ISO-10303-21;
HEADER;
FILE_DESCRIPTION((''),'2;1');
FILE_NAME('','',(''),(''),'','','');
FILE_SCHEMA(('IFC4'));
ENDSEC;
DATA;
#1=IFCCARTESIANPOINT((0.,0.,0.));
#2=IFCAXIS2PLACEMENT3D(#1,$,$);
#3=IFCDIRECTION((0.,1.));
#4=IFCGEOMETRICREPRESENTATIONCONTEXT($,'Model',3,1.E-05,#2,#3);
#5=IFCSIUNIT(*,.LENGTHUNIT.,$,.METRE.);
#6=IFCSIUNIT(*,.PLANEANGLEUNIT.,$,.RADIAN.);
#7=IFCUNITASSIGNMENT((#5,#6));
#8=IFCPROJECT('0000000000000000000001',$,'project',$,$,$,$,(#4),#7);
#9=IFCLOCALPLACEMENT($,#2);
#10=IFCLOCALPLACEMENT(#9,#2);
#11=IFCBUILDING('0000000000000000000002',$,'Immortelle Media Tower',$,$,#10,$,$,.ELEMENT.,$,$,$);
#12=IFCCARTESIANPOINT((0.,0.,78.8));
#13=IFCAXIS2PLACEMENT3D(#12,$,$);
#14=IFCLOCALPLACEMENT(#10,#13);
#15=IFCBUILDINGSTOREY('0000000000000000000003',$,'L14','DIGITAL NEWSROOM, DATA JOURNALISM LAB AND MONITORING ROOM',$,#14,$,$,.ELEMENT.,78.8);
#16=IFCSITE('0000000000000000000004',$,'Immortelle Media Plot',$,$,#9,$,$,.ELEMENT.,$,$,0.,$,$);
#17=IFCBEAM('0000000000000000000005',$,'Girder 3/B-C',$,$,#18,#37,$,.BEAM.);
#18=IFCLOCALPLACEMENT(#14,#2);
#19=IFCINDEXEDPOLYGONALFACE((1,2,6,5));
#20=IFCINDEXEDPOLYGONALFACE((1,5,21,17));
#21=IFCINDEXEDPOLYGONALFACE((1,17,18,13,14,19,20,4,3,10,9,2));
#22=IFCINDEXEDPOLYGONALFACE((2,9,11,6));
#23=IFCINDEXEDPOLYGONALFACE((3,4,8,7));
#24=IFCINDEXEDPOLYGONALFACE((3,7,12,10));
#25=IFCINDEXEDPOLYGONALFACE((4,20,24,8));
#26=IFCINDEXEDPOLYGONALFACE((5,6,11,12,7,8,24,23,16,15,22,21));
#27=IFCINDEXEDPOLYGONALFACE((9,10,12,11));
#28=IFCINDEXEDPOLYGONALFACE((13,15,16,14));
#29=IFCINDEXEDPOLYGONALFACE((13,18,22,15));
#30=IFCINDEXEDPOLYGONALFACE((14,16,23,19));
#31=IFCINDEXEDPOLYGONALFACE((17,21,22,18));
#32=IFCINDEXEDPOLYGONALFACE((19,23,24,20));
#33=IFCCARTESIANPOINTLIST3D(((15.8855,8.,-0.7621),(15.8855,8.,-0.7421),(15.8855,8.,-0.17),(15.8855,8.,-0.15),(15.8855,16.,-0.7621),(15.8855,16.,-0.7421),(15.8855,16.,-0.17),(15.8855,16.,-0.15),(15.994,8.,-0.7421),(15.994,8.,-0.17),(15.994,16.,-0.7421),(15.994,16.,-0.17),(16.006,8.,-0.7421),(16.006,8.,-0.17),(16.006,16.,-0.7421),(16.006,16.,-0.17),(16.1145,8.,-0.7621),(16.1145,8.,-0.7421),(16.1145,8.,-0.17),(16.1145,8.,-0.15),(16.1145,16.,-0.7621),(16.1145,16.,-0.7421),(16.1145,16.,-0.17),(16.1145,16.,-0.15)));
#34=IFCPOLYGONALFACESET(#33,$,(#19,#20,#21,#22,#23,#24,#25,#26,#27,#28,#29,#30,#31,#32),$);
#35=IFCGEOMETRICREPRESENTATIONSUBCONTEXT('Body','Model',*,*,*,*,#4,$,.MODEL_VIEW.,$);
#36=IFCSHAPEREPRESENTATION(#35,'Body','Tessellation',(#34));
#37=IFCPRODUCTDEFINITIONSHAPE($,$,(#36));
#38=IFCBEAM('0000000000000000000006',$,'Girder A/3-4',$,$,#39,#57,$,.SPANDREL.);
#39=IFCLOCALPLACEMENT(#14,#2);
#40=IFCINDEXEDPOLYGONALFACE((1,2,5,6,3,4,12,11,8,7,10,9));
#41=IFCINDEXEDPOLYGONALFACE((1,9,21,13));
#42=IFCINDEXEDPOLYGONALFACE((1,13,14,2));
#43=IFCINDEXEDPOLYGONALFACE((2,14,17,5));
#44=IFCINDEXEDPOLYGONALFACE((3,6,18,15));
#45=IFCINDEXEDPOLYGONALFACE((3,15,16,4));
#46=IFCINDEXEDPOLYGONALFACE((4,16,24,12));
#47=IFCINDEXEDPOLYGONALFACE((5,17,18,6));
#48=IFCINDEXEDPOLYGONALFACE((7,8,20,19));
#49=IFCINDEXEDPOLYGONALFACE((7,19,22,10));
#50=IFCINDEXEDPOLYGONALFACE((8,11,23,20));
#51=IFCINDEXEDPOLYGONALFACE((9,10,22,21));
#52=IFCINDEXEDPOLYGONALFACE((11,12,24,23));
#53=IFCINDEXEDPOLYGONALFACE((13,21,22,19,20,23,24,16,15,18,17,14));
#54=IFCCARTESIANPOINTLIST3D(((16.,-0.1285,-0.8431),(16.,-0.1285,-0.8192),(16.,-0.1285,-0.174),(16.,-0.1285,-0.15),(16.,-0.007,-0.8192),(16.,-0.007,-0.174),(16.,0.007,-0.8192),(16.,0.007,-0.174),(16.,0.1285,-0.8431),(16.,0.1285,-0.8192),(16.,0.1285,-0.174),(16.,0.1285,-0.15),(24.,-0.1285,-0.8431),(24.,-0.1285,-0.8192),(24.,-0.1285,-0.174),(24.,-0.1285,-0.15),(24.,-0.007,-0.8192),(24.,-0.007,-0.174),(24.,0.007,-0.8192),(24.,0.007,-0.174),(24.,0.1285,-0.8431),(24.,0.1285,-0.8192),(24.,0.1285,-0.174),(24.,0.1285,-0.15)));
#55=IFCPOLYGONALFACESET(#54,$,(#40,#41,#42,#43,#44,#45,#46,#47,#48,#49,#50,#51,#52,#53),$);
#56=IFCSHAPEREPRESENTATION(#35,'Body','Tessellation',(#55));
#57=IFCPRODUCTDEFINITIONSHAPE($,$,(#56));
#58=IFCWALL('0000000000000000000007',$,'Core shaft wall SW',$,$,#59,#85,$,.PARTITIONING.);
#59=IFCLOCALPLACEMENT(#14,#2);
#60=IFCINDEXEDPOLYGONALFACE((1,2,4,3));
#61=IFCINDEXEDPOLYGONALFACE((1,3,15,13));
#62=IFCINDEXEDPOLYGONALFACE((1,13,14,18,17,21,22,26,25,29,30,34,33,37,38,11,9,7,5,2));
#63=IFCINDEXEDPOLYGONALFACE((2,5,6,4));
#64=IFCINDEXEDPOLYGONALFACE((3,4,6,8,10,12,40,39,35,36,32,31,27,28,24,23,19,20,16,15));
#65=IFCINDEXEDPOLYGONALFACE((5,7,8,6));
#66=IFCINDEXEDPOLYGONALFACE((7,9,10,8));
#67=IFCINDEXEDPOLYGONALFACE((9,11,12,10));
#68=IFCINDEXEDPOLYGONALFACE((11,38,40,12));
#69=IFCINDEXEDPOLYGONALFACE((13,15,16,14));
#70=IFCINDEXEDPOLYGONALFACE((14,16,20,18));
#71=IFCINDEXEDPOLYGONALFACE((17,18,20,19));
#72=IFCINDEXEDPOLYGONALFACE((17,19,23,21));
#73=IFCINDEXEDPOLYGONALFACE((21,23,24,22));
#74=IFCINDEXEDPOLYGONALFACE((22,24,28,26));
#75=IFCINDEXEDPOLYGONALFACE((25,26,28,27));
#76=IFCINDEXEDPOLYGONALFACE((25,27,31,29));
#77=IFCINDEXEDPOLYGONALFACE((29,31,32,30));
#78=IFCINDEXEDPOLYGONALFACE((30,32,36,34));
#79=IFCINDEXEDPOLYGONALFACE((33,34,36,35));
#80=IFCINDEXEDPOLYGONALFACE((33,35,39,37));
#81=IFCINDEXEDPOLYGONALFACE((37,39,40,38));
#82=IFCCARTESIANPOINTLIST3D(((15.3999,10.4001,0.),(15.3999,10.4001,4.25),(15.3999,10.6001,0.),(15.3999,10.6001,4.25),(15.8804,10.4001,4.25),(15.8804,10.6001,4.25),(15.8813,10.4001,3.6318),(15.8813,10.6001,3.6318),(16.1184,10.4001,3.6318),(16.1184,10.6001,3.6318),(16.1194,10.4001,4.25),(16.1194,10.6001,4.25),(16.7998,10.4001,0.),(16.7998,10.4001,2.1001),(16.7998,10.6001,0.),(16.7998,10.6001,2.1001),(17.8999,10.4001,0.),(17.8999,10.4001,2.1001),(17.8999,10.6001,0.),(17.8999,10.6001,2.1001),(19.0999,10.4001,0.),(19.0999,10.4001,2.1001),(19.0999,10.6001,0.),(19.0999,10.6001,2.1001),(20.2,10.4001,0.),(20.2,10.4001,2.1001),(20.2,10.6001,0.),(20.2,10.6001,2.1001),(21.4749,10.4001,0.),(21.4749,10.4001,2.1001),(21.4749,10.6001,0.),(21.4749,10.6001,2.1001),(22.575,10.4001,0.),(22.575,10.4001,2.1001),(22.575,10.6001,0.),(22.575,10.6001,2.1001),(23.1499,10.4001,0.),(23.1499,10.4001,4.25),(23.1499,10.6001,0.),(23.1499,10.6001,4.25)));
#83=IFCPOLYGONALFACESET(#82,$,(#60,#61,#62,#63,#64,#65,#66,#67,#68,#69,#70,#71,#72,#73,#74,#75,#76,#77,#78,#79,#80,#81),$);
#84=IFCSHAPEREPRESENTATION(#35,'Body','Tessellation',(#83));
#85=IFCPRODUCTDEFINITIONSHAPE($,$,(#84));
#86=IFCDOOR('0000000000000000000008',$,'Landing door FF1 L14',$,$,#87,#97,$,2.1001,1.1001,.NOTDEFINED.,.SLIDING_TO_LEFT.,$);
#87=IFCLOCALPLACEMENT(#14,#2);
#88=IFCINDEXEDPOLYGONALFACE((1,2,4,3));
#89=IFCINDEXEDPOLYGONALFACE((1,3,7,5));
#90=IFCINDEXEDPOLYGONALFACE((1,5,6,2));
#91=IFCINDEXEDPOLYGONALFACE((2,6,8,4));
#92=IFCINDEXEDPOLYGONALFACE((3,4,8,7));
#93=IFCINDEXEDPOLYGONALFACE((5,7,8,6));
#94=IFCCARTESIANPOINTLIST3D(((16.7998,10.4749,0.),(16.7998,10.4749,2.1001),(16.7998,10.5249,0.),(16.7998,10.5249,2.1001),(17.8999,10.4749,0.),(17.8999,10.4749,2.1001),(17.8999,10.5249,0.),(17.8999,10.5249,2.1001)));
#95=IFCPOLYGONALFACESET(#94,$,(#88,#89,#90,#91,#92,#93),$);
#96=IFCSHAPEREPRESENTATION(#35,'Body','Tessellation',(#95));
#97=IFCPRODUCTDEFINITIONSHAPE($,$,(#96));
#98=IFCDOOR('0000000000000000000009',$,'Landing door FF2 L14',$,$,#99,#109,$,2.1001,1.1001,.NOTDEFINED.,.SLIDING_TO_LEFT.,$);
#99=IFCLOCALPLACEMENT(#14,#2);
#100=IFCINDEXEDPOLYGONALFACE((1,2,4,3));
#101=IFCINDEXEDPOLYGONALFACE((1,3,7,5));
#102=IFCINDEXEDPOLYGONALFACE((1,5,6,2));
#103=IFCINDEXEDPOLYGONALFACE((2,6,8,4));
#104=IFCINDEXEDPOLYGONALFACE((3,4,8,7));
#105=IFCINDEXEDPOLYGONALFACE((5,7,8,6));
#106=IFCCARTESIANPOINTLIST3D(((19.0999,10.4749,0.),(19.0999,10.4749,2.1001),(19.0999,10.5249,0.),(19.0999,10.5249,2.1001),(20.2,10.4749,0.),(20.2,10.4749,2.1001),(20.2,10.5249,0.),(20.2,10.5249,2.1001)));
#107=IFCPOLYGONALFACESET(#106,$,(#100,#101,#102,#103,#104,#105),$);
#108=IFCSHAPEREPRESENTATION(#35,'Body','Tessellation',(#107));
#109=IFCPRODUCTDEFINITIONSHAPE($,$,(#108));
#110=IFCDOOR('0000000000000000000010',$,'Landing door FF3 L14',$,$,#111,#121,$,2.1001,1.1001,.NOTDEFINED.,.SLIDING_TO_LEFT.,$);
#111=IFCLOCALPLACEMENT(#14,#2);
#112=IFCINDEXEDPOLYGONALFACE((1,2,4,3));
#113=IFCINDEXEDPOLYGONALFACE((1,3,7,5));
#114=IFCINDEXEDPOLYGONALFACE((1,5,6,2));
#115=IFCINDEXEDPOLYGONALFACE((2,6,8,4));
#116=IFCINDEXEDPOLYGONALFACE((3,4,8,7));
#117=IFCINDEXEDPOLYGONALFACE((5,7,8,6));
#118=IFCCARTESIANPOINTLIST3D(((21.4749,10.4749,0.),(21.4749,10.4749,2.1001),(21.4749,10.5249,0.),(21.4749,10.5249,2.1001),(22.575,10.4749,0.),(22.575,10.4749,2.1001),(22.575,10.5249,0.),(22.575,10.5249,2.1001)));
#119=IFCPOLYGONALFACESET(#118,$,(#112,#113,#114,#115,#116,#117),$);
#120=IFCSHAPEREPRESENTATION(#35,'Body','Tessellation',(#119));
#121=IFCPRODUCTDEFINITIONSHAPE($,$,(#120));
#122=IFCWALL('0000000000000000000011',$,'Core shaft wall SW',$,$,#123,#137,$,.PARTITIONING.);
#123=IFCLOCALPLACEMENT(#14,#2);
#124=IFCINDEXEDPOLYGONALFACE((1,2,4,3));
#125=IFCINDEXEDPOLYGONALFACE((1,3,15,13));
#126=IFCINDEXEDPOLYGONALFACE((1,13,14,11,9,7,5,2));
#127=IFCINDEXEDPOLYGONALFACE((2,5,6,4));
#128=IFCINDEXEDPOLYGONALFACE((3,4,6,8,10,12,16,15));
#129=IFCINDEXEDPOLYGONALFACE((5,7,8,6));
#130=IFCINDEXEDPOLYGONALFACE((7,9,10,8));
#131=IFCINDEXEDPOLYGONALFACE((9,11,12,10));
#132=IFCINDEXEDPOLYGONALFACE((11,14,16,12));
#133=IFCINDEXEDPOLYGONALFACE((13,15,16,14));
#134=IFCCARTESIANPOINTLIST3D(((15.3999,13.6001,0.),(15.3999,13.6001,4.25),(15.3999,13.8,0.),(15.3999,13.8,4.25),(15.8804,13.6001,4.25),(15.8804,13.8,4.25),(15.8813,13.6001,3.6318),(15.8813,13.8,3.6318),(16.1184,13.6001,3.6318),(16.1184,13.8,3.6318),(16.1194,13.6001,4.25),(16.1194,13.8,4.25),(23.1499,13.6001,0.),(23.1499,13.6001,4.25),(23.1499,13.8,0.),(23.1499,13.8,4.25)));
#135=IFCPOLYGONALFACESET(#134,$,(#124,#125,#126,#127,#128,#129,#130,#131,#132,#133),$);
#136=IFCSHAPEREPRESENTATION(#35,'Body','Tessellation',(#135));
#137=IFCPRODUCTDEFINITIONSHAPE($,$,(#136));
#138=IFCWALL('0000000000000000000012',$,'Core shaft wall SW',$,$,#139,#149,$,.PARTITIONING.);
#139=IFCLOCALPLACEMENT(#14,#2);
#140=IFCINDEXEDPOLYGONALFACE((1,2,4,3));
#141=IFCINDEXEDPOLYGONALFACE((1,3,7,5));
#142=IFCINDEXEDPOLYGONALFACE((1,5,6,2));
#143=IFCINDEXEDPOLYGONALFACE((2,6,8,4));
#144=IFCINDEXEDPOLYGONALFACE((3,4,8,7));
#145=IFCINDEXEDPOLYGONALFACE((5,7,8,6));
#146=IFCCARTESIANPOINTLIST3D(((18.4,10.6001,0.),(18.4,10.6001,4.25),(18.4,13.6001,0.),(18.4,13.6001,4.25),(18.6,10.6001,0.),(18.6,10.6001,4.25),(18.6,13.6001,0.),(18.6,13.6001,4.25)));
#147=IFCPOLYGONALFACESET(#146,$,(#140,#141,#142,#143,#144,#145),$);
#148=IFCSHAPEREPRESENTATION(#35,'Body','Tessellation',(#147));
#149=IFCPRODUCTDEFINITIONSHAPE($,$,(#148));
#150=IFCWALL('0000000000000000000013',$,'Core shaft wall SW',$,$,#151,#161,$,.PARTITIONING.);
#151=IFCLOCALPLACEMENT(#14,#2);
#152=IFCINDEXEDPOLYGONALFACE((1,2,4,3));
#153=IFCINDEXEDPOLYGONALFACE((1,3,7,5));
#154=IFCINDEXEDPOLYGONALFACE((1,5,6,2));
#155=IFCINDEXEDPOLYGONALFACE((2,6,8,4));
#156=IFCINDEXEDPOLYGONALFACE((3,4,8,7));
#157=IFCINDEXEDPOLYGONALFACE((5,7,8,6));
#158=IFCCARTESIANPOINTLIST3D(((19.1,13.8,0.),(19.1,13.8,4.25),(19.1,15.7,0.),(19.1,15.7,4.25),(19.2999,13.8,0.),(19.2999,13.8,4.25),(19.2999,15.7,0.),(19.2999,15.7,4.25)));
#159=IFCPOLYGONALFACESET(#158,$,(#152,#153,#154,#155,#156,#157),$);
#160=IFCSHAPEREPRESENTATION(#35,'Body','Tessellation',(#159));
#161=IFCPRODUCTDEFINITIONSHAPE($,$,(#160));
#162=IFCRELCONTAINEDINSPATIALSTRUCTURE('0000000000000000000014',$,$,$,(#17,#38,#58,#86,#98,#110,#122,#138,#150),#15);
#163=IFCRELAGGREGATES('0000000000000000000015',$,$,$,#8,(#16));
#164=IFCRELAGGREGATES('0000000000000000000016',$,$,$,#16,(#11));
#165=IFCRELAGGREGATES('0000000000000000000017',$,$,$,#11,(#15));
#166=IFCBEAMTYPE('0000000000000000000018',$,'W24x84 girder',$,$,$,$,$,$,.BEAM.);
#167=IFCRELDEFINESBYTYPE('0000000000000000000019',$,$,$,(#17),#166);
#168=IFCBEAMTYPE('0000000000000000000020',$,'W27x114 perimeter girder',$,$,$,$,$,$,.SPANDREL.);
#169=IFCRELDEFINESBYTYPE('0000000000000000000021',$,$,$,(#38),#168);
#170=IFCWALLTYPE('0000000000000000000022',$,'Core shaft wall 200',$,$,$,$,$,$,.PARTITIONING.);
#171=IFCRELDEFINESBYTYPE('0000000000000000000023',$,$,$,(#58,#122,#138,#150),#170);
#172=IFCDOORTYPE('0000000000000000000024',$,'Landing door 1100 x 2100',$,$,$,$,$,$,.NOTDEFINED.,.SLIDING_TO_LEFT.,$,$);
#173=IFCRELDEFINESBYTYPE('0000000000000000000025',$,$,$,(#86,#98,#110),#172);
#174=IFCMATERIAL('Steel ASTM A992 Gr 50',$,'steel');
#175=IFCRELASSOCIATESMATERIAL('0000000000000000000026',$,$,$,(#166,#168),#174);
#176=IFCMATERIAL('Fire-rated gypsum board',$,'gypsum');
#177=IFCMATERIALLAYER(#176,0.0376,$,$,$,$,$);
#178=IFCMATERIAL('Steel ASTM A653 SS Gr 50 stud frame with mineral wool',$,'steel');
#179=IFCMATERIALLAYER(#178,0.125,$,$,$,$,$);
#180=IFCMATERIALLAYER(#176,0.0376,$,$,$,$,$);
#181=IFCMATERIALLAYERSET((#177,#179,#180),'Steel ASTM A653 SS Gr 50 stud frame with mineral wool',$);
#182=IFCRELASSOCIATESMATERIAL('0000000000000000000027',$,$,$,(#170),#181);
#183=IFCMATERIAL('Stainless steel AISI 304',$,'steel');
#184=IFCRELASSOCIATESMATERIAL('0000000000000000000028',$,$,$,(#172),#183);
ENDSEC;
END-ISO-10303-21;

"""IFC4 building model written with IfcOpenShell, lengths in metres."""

from ifc_helpers import new_model, si_unit, direction, frame, frame_2d, origin, origin_2d, place, context, subcontext, project, spatial, polyline, rectangle, i_section, outline, extrude, material, layer, layer_set, material_profile, profile_set, type_object, element, fill, save


model = new_model("IFC4")

# Units and contexts
model_context = context("Model", 3, precision=1e-05, world=origin(), true_north=direction((0.0, 1.0)))
body_context = subcontext(model_context, "Body", "Model", "MODEL_VIEW")
ifc_project = project(units=[si_unit("LENGTHUNIT", "METRE"), si_unit("PLANEANGLEUNIT", "RADIAN")], contexts=[model_context])

# Site, building, storey
site_placement = place(None, origin())
site = spatial("IfcSite", under=ifc_project, at=site_placement, Name="Immortelle Media Plot", CompositionType="ELEMENT", RefElevation=0.0)
building_placement = place(site_placement, origin())
building = spatial("IfcBuilding", under=site, at=building_placement, Name="Immortelle Media Tower", CompositionType="ELEMENT")
storey_placement = place(building_placement, frame((0.0, 0.0, 78.8)))
storey = spatial("IfcBuildingStorey", under=building, at=storey_placement, Name="L14", Description="DIGITAL NEWSROOM, DATA JOURNALISM LAB AND MONITORING ROOM", CompositionType="ELEMENT", Elevation=78.8)

# Shared definitions
ifc_material_1 = material(Name="Steel ASTM A992 Gr 50", Category="steel")

# Beams
ifc_material_profile_1 = material_profile(ifc_material_1, i_section(OverallWidth=0.229, OverallDepth=0.6121, WebThickness=0.012, FlangeThickness=0.02, at=origin_2d()), Name="W24x84")
ifc_profile_set_1 = profile_set([ifc_material_profile_1], Name="Steel ASTM A992 Gr 50")
beam_type_1 = type_object("IfcBeamType", Name="W24x84 girder", PredefinedType="BEAM", material=ifc_profile_set_1)
for number, where, z_axis, x_axis, name in (
    (1, (16.0, 8.0, -0.4561), (0.0, 1.0, 0.0), (-1.0, 0.0, 0.0), "Girder 3/B-C"),
):
    element("IfcBeam", number, at=place(storey_placement, frame(where, z_axis=z_axis, x_axis=x_axis)), inside=storey, type_object=beam_type_1, Name=name, PredefinedType="BEAM", context=body_context, shape_type="SweptSolid", body=[
        extrude(i_section(OverallWidth=0.229, OverallDepth=0.6121, WebThickness=0.012, FlangeThickness=0.02, at=origin_2d()), origin(), (0.0, 0.0, 1.0), 8.0),
    ])
ifc_material_profile_2 = material_profile(ifc_material_1, i_section(OverallWidth=0.2571, OverallDepth=0.6931, WebThickness=0.0139, FlangeThickness=0.0239, at=origin_2d()), Name="W27x114")
ifc_profile_set_2 = profile_set([ifc_material_profile_2], Name="Steel ASTM A992 Gr 50")
beam_type_2 = type_object("IfcBeamType", Name="W27x114 perimeter girder", PredefinedType="SPANDREL", material=ifc_profile_set_2)
beam_1_placement = place(storey_placement, frame((16.0, 0.0, -0.4966), z_axis=(1.0, 0.0, 0.0), x_axis=(0.0, 1.0, 0.0)))
element("IfcBeam", 2, at=beam_1_placement, inside=storey, type_object=beam_type_2, Name="Girder A/3-4", PredefinedType="SPANDREL", context=body_context, shape_type="SweptSolid", body=[
    extrude(i_section(OverallWidth=0.2571, OverallDepth=0.6931, WebThickness=0.0139, FlangeThickness=0.0239, at=origin_2d()), origin(), (0.0, 0.0, 1.0), 8.0),
])

# Wall, openings, doors
ifc_material_2 = material(Name="Fire-rated gypsum board", Category="gypsum")
ifc_layer_1 = layer(ifc_material_2, 0.0376)
ifc_material_3 = material(Name="Steel ASTM A653 SS Gr 50 stud frame with mineral wool", Category="steel")
ifc_layer_2 = layer(ifc_material_3, 0.125)
ifc_layer_3 = layer(ifc_material_2, 0.0376)
ifc_layer_set_1 = layer_set([ifc_layer_1, ifc_layer_2, ifc_layer_3], Name="Steel ASTM A653 SS Gr 50 stud frame with mineral wool")
wall_type_1 = type_object("IfcWallType", Name="Core shaft wall 200", PredefinedType="PARTITIONING", material=ifc_layer_set_1)
wall_1_placement = place(storey_placement, frame((15.3999, 10.5, 0.0), z_axis=(0.0, 0.0, 1.0), x_axis=(1.0, 0.0, 0.0)))
wall_1 = element("IfcWall", 3, at=wall_1_placement, inside=storey, type_object=wall_type_1, Name="Core shaft wall SW", PredefinedType="PARTITIONING", context=body_context, shape_type="SweptSolid", body=[
    extrude(outline(polyline([(0.0, 0.0), (7.75, 0.0), (7.75, 4.25), (0.7195, 4.25), (0.7185, 3.6318), (0.4814, 3.6318), (0.4805, 4.25), (0.0, 4.25), (0.0, 0.0)])), frame((0.0, 0.1001, 0.0), z_axis=(0.0, -1.0, 0.0), x_axis=(1.0, 0.0, 0.0)), (0.0, 0.0, 1.0), 0.2),
])
opening_1_placement = place(wall_1_placement, frame((1.3999, 0.0, 0.0)))
opening_1 = element("IfcOpeningElement", 4, at=opening_1_placement, cuts=wall_1, PredefinedType="OPENING", context=body_context, shape_type="SweptSolid", body=[
    extrude(rectangle(XDim=1.1001, YDim=2.1001, at=frame_2d((0.55, 1.05))), frame((0.0, 0.1099, 0.0), z_axis=(0.0, -1.0, 0.0), x_axis=(1.0, 0.0, 0.0)), (0.0, 0.0, 1.0), 0.22),
])
opening_2_placement = place(wall_1_placement, frame((3.7, 0.0, 0.0)))
opening_2 = element("IfcOpeningElement", 5, at=opening_2_placement, cuts=wall_1, PredefinedType="OPENING", context=body_context, shape_type="SweptSolid", body=[
    extrude(rectangle(XDim=1.1001, YDim=2.1001, at=frame_2d((0.55, 1.05))), frame((0.0, 0.1099, 0.0), z_axis=(0.0, -1.0, 0.0), x_axis=(1.0, 0.0, 0.0)), (0.0, 0.0, 1.0), 0.22),
])
opening_3_placement = place(wall_1_placement, frame((6.075, 0.0, 0.0)))
opening_3 = element("IfcOpeningElement", 6, at=opening_3_placement, cuts=wall_1, PredefinedType="OPENING", context=body_context, shape_type="SweptSolid", body=[
    extrude(rectangle(XDim=1.1001, YDim=2.1001, at=frame_2d((0.55, 1.05))), frame((0.0, 0.1099, 0.0), z_axis=(0.0, -1.0, 0.0), x_axis=(1.0, 0.0, 0.0)), (0.0, 0.0, 1.0), 0.22),
])
ifc_material_4 = material(Name="Stainless steel AISI 304", Category="steel")
door_type_1 = type_object("IfcDoorType", Name="Landing door 1100 x 2100", OperationType="SLIDING_TO_LEFT", PredefinedType="NOTDEFINED", material=ifc_material_4)
door_1_placement = place(opening_1_placement, origin())
door_1 = element("IfcDoor", 7, at=door_1_placement, inside=storey, type_object=door_type_1, Name="Landing door FF1 L14", OperationType="SLIDING_TO_LEFT", OverallHeight=2.1001, OverallWidth=1.1001, PredefinedType="NOTDEFINED", context=body_context, shape_type="SweptSolid", body=[
    extrude(rectangle(XDim=1.1001, YDim=2.1001, at=frame_2d((0.55, 1.05))), frame((0.0, 0.0249, 0.0), z_axis=(0.0, -1.0, 0.0), x_axis=(1.0, 0.0, 0.0)), (0.0, 0.0, 1.0), 0.05),
])
fill(opening_1, door_1)
door_2_placement = place(opening_2_placement, origin())
door_2 = element("IfcDoor", 8, at=door_2_placement, inside=storey, type_object=door_type_1, Name="Landing door FF2 L14", OperationType="SLIDING_TO_LEFT", OverallHeight=2.1001, OverallWidth=1.1001, PredefinedType="NOTDEFINED", context=body_context, shape_type="SweptSolid", body=[
    extrude(rectangle(XDim=1.1001, YDim=2.1001, at=frame_2d((0.55, 1.05))), frame((0.0, 0.0249, 0.0), z_axis=(0.0, -1.0, 0.0), x_axis=(1.0, 0.0, 0.0)), (0.0, 0.0, 1.0), 0.05),
])
fill(opening_2, door_2)
door_3_placement = place(opening_3_placement, origin())
door_3 = element("IfcDoor", 9, at=door_3_placement, inside=storey, type_object=door_type_1, Name="Landing door FF3 L14", OperationType="SLIDING_TO_LEFT", OverallHeight=2.1001, OverallWidth=1.1001, PredefinedType="NOTDEFINED", context=body_context, shape_type="SweptSolid", body=[
    extrude(rectangle(XDim=1.1001, YDim=2.1001, at=frame_2d((0.55, 1.05))), frame((0.0, 0.0249, 0.0), z_axis=(0.0, -1.0, 0.0), x_axis=(1.0, 0.0, 0.0)), (0.0, 0.0, 1.0), 0.05),
])
fill(opening_3, door_3)

# Walls
wall_2_placement = place(storey_placement, frame((15.3999, 13.7, 0.0), z_axis=(0.0, 0.0, 1.0), x_axis=(1.0, 0.0, 0.0)))
element("IfcWall", 10, at=wall_2_placement, inside=storey, type_object=wall_type_1, Name="Core shaft wall SW", PredefinedType="PARTITIONING", context=body_context, shape_type="SweptSolid", body=[
    extrude(outline(polyline([(0.0, 0.0), (7.75, 0.0), (7.75, 4.25), (0.7195, 4.25), (0.7185, 3.6318), (0.4814, 3.6318), (0.4805, 4.25), (0.0, 4.25), (0.0, 0.0)])), frame((0.0, 0.1001, 0.0), z_axis=(0.0, -1.0, 0.0), x_axis=(1.0, 0.0, 0.0)), (0.0, 0.0, 1.0), 0.2),
])
wall_3_placement = place(storey_placement, frame((18.5, 10.6001, 0.0), z_axis=(0.0, 0.0, 1.0), x_axis=(0.0, 1.0, 0.0)))
element("IfcWall", 11, at=wall_3_placement, inside=storey, type_object=wall_type_1, Name="Core shaft wall SW", PredefinedType="PARTITIONING", context=body_context, shape_type="SweptSolid", body=[
    extrude(rectangle(XDim=3.0, YDim=0.2, at=frame_2d((1.5, 0.0))), origin(), (0.0, 0.0, 1.0), 4.25),
])
wall_4_placement = place(storey_placement, frame((19.2, 13.8, 0.0), z_axis=(0.0, 0.0, 1.0), x_axis=(0.0, 1.0, 0.0)))
element("IfcWall", 12, at=wall_4_placement, inside=storey, type_object=wall_type_1, Name="Core shaft wall SW", PredefinedType="PARTITIONING", context=body_context, shape_type="SweptSolid", body=[
    extrude(rectangle(XDim=1.8999, YDim=0.2, at=frame_2d((0.95, 0.0))), origin(), (0.0, 0.0, 1.0), 4.25),
])

save(model, "model.ifc")
